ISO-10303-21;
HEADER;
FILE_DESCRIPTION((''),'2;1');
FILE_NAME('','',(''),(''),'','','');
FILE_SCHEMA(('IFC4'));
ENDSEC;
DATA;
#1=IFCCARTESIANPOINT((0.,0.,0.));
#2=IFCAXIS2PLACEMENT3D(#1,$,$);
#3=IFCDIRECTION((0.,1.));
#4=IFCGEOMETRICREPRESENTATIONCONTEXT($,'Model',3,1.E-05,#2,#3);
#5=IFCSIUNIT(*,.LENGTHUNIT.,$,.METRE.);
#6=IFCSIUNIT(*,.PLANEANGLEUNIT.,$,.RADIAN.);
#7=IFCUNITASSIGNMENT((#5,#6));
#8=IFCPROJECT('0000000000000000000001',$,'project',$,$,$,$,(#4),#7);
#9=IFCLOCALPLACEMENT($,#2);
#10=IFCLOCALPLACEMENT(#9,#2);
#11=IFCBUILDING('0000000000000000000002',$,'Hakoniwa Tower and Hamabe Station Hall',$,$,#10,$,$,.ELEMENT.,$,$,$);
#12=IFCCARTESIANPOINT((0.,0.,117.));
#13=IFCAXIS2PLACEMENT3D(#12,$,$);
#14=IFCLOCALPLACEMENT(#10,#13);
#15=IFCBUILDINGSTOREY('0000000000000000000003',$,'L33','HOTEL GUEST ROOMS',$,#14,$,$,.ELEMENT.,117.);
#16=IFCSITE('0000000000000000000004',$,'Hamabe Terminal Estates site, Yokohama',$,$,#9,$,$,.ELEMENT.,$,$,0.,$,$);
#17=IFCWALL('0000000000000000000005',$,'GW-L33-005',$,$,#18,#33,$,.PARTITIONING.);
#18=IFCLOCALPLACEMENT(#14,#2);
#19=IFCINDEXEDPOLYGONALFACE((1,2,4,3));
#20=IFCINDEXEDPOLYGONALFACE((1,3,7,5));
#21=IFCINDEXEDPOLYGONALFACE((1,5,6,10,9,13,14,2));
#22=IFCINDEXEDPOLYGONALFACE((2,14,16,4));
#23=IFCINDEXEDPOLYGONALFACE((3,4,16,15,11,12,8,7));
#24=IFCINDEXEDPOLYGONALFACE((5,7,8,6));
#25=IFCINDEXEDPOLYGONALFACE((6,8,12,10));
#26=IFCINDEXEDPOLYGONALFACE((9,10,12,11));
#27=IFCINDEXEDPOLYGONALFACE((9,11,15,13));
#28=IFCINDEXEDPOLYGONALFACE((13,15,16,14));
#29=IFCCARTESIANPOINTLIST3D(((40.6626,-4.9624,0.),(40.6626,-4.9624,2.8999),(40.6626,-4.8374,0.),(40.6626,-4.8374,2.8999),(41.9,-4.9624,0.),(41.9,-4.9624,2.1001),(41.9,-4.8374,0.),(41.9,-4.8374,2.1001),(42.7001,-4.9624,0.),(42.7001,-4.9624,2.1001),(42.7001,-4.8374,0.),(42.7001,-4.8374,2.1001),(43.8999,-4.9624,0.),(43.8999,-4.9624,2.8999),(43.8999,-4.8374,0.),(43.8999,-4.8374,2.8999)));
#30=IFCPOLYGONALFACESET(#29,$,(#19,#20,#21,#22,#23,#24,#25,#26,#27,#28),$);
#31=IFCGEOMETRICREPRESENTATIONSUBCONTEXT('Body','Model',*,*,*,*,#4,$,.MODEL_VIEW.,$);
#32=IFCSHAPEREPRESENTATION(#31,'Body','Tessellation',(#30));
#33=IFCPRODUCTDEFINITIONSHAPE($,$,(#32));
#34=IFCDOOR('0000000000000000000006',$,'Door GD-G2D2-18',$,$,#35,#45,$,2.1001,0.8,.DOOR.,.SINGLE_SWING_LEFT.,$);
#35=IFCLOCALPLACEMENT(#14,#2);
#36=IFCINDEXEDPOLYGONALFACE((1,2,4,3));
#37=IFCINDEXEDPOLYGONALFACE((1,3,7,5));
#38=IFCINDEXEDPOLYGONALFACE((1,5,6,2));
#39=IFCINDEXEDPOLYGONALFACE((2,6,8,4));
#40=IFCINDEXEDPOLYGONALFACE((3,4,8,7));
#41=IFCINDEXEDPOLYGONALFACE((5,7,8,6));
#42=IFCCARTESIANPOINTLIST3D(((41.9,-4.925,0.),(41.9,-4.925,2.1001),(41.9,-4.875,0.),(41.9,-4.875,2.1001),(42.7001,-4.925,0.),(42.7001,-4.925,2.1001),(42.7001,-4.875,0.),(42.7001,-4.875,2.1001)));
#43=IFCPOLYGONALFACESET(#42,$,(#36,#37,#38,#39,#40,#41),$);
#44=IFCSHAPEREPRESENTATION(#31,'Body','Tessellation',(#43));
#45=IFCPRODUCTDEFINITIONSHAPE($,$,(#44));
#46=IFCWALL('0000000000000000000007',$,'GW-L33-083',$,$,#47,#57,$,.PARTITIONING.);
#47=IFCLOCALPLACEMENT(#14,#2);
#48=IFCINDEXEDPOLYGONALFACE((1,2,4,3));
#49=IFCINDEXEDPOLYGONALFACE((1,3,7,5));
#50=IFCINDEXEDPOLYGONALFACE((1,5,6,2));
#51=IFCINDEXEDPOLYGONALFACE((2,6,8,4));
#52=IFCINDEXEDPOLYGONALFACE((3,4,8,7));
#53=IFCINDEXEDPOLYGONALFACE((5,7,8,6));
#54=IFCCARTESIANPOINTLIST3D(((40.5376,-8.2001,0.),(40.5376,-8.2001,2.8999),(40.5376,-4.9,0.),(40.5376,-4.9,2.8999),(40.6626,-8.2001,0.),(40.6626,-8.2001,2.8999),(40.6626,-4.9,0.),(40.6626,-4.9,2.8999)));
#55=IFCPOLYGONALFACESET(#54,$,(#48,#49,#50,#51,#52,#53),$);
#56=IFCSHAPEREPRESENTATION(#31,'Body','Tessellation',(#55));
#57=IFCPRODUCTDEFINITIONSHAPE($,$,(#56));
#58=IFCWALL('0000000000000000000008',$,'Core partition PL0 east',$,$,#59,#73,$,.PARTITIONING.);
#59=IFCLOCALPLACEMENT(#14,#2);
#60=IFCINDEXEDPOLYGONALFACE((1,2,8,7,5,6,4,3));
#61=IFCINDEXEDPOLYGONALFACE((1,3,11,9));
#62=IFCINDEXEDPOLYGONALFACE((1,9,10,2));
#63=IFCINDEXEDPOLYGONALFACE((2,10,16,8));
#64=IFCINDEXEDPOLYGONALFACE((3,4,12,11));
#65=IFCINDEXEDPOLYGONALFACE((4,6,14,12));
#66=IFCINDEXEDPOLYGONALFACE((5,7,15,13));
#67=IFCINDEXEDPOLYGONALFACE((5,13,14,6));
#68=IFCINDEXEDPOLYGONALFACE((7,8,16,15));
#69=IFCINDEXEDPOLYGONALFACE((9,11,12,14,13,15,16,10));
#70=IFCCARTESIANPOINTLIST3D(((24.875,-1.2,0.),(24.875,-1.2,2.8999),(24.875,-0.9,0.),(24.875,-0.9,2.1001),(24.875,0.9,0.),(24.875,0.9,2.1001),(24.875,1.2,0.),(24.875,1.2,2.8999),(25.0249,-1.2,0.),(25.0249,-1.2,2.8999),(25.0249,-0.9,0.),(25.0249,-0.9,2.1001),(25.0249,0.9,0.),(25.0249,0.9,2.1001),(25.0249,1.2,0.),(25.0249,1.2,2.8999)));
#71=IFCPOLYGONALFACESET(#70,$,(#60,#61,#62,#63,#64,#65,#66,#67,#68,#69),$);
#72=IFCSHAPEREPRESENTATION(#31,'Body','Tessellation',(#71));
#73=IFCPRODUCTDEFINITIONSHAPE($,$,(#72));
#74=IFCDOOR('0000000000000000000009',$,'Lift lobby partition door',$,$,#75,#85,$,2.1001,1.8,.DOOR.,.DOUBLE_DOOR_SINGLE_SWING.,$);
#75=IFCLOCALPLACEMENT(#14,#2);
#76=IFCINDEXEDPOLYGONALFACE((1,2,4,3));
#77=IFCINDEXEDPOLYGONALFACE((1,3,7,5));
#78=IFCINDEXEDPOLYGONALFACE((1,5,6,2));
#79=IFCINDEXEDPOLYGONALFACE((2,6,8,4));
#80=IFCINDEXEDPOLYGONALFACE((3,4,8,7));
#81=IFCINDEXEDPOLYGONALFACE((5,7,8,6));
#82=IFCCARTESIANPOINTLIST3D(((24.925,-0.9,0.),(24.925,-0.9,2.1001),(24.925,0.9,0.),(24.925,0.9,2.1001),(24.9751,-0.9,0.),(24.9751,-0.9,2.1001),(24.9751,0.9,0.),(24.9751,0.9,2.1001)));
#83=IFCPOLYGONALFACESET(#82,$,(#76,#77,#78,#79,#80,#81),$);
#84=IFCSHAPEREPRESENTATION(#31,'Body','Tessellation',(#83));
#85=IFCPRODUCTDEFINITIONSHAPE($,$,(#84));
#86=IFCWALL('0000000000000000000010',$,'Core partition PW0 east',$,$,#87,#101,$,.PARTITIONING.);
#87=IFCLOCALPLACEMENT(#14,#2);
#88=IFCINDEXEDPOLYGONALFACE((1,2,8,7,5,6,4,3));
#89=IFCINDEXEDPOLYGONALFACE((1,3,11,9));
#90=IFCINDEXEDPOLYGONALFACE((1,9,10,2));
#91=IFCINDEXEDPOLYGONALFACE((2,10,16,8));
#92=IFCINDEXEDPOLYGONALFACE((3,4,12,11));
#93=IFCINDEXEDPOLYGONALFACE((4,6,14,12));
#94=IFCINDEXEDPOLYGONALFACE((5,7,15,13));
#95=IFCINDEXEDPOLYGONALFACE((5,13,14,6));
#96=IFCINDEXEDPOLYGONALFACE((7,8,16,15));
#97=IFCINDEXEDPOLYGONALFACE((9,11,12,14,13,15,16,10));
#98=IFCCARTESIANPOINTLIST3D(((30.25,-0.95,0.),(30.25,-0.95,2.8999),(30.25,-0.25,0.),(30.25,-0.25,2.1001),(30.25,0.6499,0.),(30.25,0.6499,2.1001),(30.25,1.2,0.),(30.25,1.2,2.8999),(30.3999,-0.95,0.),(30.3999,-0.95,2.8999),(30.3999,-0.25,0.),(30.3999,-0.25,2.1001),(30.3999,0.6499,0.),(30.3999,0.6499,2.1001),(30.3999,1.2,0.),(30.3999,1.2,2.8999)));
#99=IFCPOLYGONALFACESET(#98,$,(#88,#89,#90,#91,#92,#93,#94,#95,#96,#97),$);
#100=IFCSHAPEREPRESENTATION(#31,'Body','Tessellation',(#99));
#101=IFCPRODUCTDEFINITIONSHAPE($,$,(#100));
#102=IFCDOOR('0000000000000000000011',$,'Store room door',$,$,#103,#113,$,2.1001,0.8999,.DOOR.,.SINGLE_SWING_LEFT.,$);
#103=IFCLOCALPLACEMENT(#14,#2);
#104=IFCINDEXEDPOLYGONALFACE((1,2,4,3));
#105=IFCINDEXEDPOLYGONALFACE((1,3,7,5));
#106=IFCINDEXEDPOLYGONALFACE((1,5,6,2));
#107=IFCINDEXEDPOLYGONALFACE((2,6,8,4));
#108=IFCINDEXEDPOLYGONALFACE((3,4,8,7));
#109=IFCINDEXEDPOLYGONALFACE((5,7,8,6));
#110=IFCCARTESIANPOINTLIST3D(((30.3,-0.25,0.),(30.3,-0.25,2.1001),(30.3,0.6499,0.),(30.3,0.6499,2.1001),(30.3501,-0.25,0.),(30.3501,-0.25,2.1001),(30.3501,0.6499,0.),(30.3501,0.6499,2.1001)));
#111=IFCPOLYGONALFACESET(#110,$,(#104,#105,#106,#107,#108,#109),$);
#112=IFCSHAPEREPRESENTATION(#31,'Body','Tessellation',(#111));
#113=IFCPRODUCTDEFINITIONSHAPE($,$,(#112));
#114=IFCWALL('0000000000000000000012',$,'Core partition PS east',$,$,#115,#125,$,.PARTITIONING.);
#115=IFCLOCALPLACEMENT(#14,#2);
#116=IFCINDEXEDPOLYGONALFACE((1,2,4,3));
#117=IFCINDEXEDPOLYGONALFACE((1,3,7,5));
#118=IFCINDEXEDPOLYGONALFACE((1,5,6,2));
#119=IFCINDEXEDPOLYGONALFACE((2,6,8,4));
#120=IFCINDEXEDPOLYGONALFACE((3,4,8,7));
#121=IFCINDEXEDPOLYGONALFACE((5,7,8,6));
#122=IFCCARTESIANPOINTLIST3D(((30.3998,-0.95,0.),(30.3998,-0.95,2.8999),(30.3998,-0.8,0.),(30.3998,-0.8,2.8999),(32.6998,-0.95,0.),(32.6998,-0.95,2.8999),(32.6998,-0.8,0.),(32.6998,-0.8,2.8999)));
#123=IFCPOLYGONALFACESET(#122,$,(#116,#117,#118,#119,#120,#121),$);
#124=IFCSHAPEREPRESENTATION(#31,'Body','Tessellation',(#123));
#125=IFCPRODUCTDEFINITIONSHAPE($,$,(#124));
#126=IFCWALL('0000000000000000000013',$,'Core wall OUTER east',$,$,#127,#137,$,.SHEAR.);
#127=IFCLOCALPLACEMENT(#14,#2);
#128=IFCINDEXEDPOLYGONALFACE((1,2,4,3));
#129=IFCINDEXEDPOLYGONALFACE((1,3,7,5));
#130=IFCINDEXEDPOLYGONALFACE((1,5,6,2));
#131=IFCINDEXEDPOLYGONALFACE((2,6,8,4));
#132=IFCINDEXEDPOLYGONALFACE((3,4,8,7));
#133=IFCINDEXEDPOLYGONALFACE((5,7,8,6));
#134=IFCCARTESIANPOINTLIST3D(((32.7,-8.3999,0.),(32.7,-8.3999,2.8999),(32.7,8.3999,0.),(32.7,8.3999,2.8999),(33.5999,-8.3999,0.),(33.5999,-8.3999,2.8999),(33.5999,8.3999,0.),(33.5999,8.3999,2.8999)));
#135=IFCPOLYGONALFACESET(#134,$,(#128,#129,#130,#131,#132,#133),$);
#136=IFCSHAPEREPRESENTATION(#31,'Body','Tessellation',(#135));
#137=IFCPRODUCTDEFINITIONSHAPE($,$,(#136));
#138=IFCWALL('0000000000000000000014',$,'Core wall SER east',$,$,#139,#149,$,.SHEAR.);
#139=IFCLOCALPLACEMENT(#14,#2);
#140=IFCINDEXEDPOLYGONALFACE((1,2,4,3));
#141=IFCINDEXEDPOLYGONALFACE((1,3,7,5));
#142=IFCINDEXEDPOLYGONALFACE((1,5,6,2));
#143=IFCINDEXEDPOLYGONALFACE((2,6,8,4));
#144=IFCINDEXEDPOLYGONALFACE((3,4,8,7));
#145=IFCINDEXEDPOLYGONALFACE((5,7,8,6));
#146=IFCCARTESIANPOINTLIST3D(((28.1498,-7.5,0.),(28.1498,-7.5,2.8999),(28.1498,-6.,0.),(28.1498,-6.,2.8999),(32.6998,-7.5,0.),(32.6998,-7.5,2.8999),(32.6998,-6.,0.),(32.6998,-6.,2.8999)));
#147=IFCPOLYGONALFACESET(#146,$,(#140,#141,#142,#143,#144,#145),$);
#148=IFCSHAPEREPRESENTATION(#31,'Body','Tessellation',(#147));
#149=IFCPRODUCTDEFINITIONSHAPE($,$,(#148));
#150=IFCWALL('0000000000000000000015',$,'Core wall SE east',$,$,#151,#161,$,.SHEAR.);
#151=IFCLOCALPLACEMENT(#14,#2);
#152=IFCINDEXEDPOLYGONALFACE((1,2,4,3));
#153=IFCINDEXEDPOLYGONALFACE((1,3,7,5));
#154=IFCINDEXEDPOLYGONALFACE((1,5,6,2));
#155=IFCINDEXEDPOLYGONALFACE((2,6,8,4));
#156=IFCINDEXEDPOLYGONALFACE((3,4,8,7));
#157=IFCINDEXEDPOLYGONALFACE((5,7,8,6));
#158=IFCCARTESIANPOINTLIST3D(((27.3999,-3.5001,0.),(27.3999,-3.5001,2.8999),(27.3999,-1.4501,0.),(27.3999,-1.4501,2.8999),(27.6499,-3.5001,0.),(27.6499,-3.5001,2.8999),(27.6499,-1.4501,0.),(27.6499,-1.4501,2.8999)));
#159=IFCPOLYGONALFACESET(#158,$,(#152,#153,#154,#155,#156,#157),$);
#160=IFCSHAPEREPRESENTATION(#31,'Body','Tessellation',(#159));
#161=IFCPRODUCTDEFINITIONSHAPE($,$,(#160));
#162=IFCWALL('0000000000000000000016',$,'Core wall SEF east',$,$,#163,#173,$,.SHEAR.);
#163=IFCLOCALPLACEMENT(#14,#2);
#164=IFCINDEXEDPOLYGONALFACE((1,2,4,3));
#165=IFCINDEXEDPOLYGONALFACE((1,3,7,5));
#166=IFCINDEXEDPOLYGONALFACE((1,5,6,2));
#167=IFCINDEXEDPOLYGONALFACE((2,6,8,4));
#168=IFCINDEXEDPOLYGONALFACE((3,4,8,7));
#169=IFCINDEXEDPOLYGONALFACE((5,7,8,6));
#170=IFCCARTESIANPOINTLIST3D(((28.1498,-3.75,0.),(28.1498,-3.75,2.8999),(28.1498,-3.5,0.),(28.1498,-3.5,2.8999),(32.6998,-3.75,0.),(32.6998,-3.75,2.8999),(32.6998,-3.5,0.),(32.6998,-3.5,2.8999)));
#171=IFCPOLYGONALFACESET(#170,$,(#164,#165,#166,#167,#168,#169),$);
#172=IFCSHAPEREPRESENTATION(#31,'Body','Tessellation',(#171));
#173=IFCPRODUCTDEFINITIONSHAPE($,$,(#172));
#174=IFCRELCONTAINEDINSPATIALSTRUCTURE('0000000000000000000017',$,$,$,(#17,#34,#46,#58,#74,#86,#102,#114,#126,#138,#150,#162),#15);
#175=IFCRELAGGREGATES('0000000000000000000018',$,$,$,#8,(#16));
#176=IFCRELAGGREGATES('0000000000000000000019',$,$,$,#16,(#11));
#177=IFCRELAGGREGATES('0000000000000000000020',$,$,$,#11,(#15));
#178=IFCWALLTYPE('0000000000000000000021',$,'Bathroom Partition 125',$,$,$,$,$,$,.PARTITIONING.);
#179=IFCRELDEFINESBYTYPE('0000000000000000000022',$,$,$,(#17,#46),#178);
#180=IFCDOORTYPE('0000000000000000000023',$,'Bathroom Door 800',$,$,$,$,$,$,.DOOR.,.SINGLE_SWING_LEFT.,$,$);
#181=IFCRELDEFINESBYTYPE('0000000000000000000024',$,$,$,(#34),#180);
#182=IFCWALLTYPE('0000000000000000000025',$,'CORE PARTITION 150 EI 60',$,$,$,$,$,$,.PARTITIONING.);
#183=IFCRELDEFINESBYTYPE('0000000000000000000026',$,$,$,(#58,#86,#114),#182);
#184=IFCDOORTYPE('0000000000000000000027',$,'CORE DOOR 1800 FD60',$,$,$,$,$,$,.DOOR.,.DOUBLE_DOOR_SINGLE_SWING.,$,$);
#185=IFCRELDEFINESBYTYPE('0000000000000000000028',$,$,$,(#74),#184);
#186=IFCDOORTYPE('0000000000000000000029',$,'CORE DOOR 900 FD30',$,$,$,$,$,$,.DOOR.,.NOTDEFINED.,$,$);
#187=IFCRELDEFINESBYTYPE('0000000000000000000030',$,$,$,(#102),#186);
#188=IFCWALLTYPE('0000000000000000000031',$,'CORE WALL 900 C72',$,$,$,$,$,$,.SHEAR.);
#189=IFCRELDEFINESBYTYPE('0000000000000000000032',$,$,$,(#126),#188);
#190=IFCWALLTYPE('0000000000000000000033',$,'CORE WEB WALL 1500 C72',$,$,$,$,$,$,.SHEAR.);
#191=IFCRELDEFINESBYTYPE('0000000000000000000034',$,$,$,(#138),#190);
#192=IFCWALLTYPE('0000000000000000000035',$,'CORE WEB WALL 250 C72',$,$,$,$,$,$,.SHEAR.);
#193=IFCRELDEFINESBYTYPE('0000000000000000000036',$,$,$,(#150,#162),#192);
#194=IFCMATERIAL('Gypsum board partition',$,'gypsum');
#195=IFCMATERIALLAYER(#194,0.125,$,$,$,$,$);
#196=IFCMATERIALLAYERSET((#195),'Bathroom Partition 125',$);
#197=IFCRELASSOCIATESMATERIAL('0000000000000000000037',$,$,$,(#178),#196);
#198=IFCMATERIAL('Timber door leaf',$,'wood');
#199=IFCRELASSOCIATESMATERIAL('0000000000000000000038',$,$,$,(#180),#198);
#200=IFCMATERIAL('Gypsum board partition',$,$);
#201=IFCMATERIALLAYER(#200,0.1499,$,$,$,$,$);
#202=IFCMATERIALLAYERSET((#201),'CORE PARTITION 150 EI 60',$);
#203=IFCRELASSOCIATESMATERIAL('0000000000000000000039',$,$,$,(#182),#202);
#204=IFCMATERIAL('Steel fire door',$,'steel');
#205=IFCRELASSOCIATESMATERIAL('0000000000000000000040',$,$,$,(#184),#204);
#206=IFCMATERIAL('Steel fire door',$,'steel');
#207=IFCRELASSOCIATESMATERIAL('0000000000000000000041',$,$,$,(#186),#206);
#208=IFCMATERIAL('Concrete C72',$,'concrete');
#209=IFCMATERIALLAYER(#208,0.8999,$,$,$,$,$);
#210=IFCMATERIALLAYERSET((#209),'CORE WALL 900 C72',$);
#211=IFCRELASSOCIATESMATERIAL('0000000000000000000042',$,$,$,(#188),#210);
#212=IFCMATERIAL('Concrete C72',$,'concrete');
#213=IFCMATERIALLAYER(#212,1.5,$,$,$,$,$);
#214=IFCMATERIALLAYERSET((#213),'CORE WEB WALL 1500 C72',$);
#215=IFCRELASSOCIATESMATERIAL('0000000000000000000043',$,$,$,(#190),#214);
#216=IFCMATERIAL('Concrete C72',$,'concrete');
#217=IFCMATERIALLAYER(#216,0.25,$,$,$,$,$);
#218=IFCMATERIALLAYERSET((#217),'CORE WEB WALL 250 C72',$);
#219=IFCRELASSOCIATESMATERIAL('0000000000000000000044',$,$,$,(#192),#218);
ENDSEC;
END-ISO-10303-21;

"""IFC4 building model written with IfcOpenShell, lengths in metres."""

from ifc_helpers import new_model, si_unit, direction, frame, frame_2d, origin, place, context, subcontext, project, spatial, rectangle, extrude, material, layer, layer_set, type_object, element, fill, save


model = new_model("IFC4")

# Units and contexts
model_context = context("Model", 3, precision=1e-05, world=origin(), true_north=direction((0.0, 1.0)))
body_context = subcontext(model_context, "Body", "Model", "MODEL_VIEW")
ifc_project = project(units=[si_unit("LENGTHUNIT", "METRE"), si_unit("PLANEANGLEUNIT", "RADIAN")], contexts=[model_context])

# Site, building, storey
site_placement = place(None, origin())
site = spatial("IfcSite", under=ifc_project, at=site_placement, Name="Hamabe Terminal Estates site, Yokohama", CompositionType="ELEMENT", RefElevation=0.0)
building_placement = place(site_placement, origin())
building = spatial("IfcBuilding", under=site, at=building_placement, Name="Hakoniwa Tower and Hamabe Station Hall", CompositionType="ELEMENT")
storey_placement = place(building_placement, frame((0.0, 0.0, 117.0)))
storey = spatial("IfcBuildingStorey", under=building, at=storey_placement, Name="L33", Description="HOTEL GUEST ROOMS", CompositionType="ELEMENT", Elevation=117.0)

# Wall, opening, door
ifc_material_1 = material(Name="Gypsum board partition", Category="gypsum")
ifc_layer_1 = layer(ifc_material_1, 0.125)
ifc_layer_set_1 = layer_set([ifc_layer_1], Name="Bathroom Partition 125")
wall_type_1 = type_object("IfcWallType", Name="Bathroom Partition 125", PredefinedType="PARTITIONING", material=ifc_layer_set_1)
wall_1_placement = place(storey_placement, frame((40.6626, -4.8999, 0.0), z_axis=(0.0, 0.0, 1.0), x_axis=(1.0, 0.0, 0.0)))
wall_1 = element("IfcWall", 1, at=wall_1_placement, inside=storey, type_object=wall_type_1, Name="GW-L33-005", PredefinedType="PARTITIONING", context=body_context, shape_type="SweptSolid", body=[
    extrude(rectangle(XDim=3.2373, YDim=0.125, at=frame_2d((1.6187, 0.0))), origin(), (0.0, 0.0, 1.0), 2.8999),
])
opening_1_placement = place(wall_1_placement, frame((1.2375, 0.0, 0.0)))
opening_1 = element("IfcOpeningElement", 2, at=opening_1_placement, cuts=wall_1, PredefinedType="OPENING", context=body_context, shape_type="SweptSolid", body=[
    extrude(rectangle(XDim=0.8, YDim=2.1001, at=frame_2d((0.3999, 1.05))), frame((0.0, 0.0725, 0.0), z_axis=(0.0, -1.0, 0.0), x_axis=(1.0, 0.0, 0.0)), (0.0, 0.0, 1.0), 0.145),
])
ifc_material_2 = material(Name="Timber door leaf", Category="wood")
door_type_1 = type_object("IfcDoorType", Name="Bathroom Door 800", OperationType="SINGLE_SWING_LEFT", PredefinedType="DOOR", material=ifc_material_2)
door_1_placement = place(opening_1_placement, origin())
door_1 = element("IfcDoor", 3, at=door_1_placement, inside=storey, type_object=door_type_1, Name="Door GD-G2D2-18", OperationType="SINGLE_SWING_LEFT", OverallHeight=2.1001, OverallWidth=0.8, PredefinedType="DOOR", context=body_context, shape_type="SweptSolid", body=[
    extrude(rectangle(XDim=0.8, YDim=2.1001, at=frame_2d((0.3999, 1.05))), frame((0.0, 0.0249, 0.0), z_axis=(0.0, -1.0, 0.0), x_axis=(1.0, 0.0, 0.0)), (0.0, 0.0, 1.0), 0.05),
])
fill(opening_1, door_1)

# Wall
wall_2_placement = place(storey_placement, frame((40.6001, -8.2, 0.0), z_axis=(0.0, 0.0, 1.0), x_axis=(0.0, 1.0, 0.0)))
element("IfcWall", 4, at=wall_2_placement, inside=storey, type_object=wall_type_1, Name="GW-L33-083", PredefinedType="PARTITIONING", context=body_context, shape_type="SweptSolid", body=[
    extrude(rectangle(XDim=3.3, YDim=0.125, at=frame_2d((1.6499, 0.0))), origin(), (0.0, 0.0, 1.0), 2.8999),
])

# Walls, openings, doors
ifc_material_3 = material(Name="Gypsum board partition")
ifc_layer_2 = layer(ifc_material_3, 0.1499)
ifc_layer_set_2 = layer_set([ifc_layer_2], Name="CORE PARTITION 150 EI 60")
wall_type_2 = type_object("IfcWallType", Name="CORE PARTITION 150 EI 60", PredefinedType="PARTITIONING", material=ifc_layer_set_2)
wall_3_placement = place(storey_placement, frame((24.95, -1.2, 0.0), z_axis=(0.0, 0.0, 1.0), x_axis=(0.0, 1.0, 0.0)))
wall_3 = element("IfcWall", 5, at=wall_3_placement, inside=storey, type_object=wall_type_2, Name="Core partition PL0 east", PredefinedType="PARTITIONING", context=body_context, shape_type="SweptSolid", body=[
    extrude(rectangle(XDim=2.3999, YDim=0.1499, at=frame_2d((1.2, 0.0))), origin(), (0.0, 0.0, 1.0), 2.8999),
])
opening_2_placement = place(wall_3_placement, frame((0.3, 0.0, 0.0)))
opening_2 = element("IfcOpeningElement", 6, at=opening_2_placement, cuts=wall_3, PredefinedType="OPENING", context=body_context, shape_type="SweptSolid", body=[
    extrude(rectangle(XDim=1.8, YDim=2.1001, at=frame_2d((0.8999, 1.05))), frame((0.0, 0.085, 0.0), z_axis=(0.0, -1.0, 0.0), x_axis=(1.0, 0.0, 0.0)), (0.0, 0.0, 1.0), 0.1699),
])
ifc_material_4 = material(Name="Steel fire door", Category="steel")
door_type_2 = type_object("IfcDoorType", Name="CORE DOOR 1800 FD60", OperationType="DOUBLE_DOOR_SINGLE_SWING", PredefinedType="DOOR", material=ifc_material_4)
door_2_placement = place(opening_2_placement, origin())
door_2 = element("IfcDoor", 7, at=door_2_placement, inside=storey, type_object=door_type_2, Name="Lift lobby partition door", OperationType="DOUBLE_DOOR_SINGLE_SWING", OverallHeight=2.1001, OverallWidth=1.8, PredefinedType="DOOR", context=body_context, shape_type="SweptSolid", body=[
    extrude(rectangle(XDim=1.8, YDim=2.1001, at=frame_2d((0.8999, 1.05))), frame((0.0, 0.0249, 0.0), z_axis=(0.0, -1.0, 0.0), x_axis=(1.0, 0.0, 0.0)), (0.0, 0.0, 1.0), 0.05),
])
fill(opening_2, door_2)
wall_4_placement = place(storey_placement, frame((30.325, -0.95, 0.0), z_axis=(0.0, 0.0, 1.0), x_axis=(0.0, 1.0, 0.0)))
wall_4 = element("IfcWall", 8, at=wall_4_placement, inside=storey, type_object=wall_type_2, Name="Core partition PW0 east", PredefinedType="PARTITIONING", context=body_context, shape_type="SweptSolid", body=[
    extrude(rectangle(XDim=2.1499, YDim=0.1499, at=frame_2d((1.075, 0.0))), origin(), (0.0, 0.0, 1.0), 2.8999),
])
opening_3_placement = place(wall_4_placement, frame((0.7, 0.0, 0.0)))
opening_3 = element("IfcOpeningElement", 9, at=opening_3_placement, cuts=wall_4, PredefinedType="OPENING", context=body_context, shape_type="SweptSolid", body=[
    extrude(rectangle(XDim=0.8999, YDim=2.1001, at=frame_2d((0.45, 1.05))), frame((0.0, 0.085, 0.0), z_axis=(0.0, -1.0, 0.0), x_axis=(1.0, 0.0, 0.0)), (0.0, 0.0, 1.0), 0.1699),
])
ifc_material_5 = material(Name="Steel fire door", Category="steel")
door_type_3 = type_object("IfcDoorType", Name="CORE DOOR 900 FD30", OperationType="NOTDEFINED", PredefinedType="DOOR", material=ifc_material_5)
door_3_placement = place(opening_3_placement, origin())
door_3 = element("IfcDoor", 10, at=door_3_placement, inside=storey, type_object=door_type_3, Name="Store room door", OperationType="SINGLE_SWING_LEFT", OverallHeight=2.1001, OverallWidth=0.8999, PredefinedType="DOOR", context=body_context, shape_type="SweptSolid", body=[
    extrude(rectangle(XDim=0.8999, YDim=2.1001, at=frame_2d((0.45, 1.05))), frame((0.0, 0.0249, 0.0), z_axis=(0.0, -1.0, 0.0), x_axis=(1.0, 0.0, 0.0)), (0.0, 0.0, 1.0), 0.05),
])
fill(opening_3, door_3)

# Walls
wall_5_placement = place(storey_placement, frame((30.3999, -0.875, 0.0), z_axis=(0.0, 0.0, 1.0), x_axis=(1.0, 0.0, 0.0)))
element("IfcWall", 11, at=wall_5_placement, inside=storey, type_object=wall_type_2, Name="Core partition PS east", PredefinedType="PARTITIONING", context=body_context, shape_type="SweptSolid", body=[
    extrude(rectangle(XDim=2.3, YDim=0.1499, at=frame_2d((1.1499, 0.0))), origin(), (0.0, 0.0, 1.0), 2.8999),
])
ifc_material_6 = material(Name="Concrete C72", Category="concrete")
ifc_layer_3 = layer(ifc_material_6, 0.8999)
ifc_layer_set_3 = layer_set([ifc_layer_3], Name="CORE WALL 900 C72")
wall_type_3 = type_object("IfcWallType", Name="CORE WALL 900 C72", PredefinedType="SHEAR", material=ifc_layer_set_3)
wall_6_placement = place(storey_placement, frame((33.1499, -8.3999, 0.0), z_axis=(0.0, 0.0, 1.0), x_axis=(0.0, 1.0, 0.0)))
element("IfcWall", 12, at=wall_6_placement, inside=storey, type_object=wall_type_3, Name="Core wall OUTER east", PredefinedType="SHEAR", context=body_context, shape_type="SweptSolid", body=[
    extrude(rectangle(XDim=16.7998, YDim=0.8999, at=frame_2d((8.3999, 0.0))), origin(), (0.0, 0.0, 1.0), 2.8999),
])
ifc_material_7 = material(Name="Concrete C72", Category="concrete")
ifc_layer_4 = layer(ifc_material_7, 1.5)
ifc_layer_set_4 = layer_set([ifc_layer_4], Name="CORE WEB WALL 1500 C72")
wall_type_4 = type_object("IfcWallType", Name="CORE WEB WALL 1500 C72", PredefinedType="SHEAR", material=ifc_layer_set_4)
wall_7_placement = place(storey_placement, frame((28.1499, -6.75, 0.0), z_axis=(0.0, 0.0, 1.0), x_axis=(1.0, 0.0, 0.0)))
element("IfcWall", 13, at=wall_7_placement, inside=storey, type_object=wall_type_4, Name="Core wall SER east", PredefinedType="SHEAR", context=body_context, shape_type="SweptSolid", body=[
    extrude(rectangle(XDim=4.55, YDim=1.5, at=frame_2d((2.2749, 0.0))), origin(), (0.0, 0.0, 1.0), 2.8999),
])
ifc_material_8 = material(Name="Concrete C72", Category="concrete")
ifc_layer_5 = layer(ifc_material_8, 0.25)
ifc_layer_set_5 = layer_set([ifc_layer_5], Name="CORE WEB WALL 250 C72")
wall_type_5 = type_object("IfcWallType", Name="CORE WEB WALL 250 C72", PredefinedType="SHEAR", material=ifc_layer_set_5)
wall_8_placement = place(storey_placement, frame((27.5249, -3.5, 0.0), z_axis=(0.0, 0.0, 1.0), x_axis=(0.0, 1.0, 0.0)))
element("IfcWall", 14, at=wall_8_placement, inside=storey, type_object=wall_type_5, Name="Core wall SE east", PredefinedType="SHEAR", context=body_context, shape_type="SweptSolid", body=[
    extrude(rectangle(XDim=2.05, YDim=0.25, at=frame_2d((1.0249, 0.0))), origin(), (0.0, 0.0, 1.0), 2.8999),
])
wall_9_placement = place(storey_placement, frame((28.1499, -3.625, 0.0), z_axis=(0.0, 0.0, 1.0), x_axis=(1.0, 0.0, 0.0)))
element("IfcWall", 15, at=wall_9_placement, inside=storey, type_object=wall_type_5, Name="Core wall SEF east", PredefinedType="SHEAR", context=body_context, shape_type="SweptSolid", body=[
    extrude(rectangle(XDim=4.55, YDim=0.25, at=frame_2d((2.2749, 0.0))), origin(), (0.0, 0.0, 1.0), 2.8999),
])

save(model, "model.ifc")
